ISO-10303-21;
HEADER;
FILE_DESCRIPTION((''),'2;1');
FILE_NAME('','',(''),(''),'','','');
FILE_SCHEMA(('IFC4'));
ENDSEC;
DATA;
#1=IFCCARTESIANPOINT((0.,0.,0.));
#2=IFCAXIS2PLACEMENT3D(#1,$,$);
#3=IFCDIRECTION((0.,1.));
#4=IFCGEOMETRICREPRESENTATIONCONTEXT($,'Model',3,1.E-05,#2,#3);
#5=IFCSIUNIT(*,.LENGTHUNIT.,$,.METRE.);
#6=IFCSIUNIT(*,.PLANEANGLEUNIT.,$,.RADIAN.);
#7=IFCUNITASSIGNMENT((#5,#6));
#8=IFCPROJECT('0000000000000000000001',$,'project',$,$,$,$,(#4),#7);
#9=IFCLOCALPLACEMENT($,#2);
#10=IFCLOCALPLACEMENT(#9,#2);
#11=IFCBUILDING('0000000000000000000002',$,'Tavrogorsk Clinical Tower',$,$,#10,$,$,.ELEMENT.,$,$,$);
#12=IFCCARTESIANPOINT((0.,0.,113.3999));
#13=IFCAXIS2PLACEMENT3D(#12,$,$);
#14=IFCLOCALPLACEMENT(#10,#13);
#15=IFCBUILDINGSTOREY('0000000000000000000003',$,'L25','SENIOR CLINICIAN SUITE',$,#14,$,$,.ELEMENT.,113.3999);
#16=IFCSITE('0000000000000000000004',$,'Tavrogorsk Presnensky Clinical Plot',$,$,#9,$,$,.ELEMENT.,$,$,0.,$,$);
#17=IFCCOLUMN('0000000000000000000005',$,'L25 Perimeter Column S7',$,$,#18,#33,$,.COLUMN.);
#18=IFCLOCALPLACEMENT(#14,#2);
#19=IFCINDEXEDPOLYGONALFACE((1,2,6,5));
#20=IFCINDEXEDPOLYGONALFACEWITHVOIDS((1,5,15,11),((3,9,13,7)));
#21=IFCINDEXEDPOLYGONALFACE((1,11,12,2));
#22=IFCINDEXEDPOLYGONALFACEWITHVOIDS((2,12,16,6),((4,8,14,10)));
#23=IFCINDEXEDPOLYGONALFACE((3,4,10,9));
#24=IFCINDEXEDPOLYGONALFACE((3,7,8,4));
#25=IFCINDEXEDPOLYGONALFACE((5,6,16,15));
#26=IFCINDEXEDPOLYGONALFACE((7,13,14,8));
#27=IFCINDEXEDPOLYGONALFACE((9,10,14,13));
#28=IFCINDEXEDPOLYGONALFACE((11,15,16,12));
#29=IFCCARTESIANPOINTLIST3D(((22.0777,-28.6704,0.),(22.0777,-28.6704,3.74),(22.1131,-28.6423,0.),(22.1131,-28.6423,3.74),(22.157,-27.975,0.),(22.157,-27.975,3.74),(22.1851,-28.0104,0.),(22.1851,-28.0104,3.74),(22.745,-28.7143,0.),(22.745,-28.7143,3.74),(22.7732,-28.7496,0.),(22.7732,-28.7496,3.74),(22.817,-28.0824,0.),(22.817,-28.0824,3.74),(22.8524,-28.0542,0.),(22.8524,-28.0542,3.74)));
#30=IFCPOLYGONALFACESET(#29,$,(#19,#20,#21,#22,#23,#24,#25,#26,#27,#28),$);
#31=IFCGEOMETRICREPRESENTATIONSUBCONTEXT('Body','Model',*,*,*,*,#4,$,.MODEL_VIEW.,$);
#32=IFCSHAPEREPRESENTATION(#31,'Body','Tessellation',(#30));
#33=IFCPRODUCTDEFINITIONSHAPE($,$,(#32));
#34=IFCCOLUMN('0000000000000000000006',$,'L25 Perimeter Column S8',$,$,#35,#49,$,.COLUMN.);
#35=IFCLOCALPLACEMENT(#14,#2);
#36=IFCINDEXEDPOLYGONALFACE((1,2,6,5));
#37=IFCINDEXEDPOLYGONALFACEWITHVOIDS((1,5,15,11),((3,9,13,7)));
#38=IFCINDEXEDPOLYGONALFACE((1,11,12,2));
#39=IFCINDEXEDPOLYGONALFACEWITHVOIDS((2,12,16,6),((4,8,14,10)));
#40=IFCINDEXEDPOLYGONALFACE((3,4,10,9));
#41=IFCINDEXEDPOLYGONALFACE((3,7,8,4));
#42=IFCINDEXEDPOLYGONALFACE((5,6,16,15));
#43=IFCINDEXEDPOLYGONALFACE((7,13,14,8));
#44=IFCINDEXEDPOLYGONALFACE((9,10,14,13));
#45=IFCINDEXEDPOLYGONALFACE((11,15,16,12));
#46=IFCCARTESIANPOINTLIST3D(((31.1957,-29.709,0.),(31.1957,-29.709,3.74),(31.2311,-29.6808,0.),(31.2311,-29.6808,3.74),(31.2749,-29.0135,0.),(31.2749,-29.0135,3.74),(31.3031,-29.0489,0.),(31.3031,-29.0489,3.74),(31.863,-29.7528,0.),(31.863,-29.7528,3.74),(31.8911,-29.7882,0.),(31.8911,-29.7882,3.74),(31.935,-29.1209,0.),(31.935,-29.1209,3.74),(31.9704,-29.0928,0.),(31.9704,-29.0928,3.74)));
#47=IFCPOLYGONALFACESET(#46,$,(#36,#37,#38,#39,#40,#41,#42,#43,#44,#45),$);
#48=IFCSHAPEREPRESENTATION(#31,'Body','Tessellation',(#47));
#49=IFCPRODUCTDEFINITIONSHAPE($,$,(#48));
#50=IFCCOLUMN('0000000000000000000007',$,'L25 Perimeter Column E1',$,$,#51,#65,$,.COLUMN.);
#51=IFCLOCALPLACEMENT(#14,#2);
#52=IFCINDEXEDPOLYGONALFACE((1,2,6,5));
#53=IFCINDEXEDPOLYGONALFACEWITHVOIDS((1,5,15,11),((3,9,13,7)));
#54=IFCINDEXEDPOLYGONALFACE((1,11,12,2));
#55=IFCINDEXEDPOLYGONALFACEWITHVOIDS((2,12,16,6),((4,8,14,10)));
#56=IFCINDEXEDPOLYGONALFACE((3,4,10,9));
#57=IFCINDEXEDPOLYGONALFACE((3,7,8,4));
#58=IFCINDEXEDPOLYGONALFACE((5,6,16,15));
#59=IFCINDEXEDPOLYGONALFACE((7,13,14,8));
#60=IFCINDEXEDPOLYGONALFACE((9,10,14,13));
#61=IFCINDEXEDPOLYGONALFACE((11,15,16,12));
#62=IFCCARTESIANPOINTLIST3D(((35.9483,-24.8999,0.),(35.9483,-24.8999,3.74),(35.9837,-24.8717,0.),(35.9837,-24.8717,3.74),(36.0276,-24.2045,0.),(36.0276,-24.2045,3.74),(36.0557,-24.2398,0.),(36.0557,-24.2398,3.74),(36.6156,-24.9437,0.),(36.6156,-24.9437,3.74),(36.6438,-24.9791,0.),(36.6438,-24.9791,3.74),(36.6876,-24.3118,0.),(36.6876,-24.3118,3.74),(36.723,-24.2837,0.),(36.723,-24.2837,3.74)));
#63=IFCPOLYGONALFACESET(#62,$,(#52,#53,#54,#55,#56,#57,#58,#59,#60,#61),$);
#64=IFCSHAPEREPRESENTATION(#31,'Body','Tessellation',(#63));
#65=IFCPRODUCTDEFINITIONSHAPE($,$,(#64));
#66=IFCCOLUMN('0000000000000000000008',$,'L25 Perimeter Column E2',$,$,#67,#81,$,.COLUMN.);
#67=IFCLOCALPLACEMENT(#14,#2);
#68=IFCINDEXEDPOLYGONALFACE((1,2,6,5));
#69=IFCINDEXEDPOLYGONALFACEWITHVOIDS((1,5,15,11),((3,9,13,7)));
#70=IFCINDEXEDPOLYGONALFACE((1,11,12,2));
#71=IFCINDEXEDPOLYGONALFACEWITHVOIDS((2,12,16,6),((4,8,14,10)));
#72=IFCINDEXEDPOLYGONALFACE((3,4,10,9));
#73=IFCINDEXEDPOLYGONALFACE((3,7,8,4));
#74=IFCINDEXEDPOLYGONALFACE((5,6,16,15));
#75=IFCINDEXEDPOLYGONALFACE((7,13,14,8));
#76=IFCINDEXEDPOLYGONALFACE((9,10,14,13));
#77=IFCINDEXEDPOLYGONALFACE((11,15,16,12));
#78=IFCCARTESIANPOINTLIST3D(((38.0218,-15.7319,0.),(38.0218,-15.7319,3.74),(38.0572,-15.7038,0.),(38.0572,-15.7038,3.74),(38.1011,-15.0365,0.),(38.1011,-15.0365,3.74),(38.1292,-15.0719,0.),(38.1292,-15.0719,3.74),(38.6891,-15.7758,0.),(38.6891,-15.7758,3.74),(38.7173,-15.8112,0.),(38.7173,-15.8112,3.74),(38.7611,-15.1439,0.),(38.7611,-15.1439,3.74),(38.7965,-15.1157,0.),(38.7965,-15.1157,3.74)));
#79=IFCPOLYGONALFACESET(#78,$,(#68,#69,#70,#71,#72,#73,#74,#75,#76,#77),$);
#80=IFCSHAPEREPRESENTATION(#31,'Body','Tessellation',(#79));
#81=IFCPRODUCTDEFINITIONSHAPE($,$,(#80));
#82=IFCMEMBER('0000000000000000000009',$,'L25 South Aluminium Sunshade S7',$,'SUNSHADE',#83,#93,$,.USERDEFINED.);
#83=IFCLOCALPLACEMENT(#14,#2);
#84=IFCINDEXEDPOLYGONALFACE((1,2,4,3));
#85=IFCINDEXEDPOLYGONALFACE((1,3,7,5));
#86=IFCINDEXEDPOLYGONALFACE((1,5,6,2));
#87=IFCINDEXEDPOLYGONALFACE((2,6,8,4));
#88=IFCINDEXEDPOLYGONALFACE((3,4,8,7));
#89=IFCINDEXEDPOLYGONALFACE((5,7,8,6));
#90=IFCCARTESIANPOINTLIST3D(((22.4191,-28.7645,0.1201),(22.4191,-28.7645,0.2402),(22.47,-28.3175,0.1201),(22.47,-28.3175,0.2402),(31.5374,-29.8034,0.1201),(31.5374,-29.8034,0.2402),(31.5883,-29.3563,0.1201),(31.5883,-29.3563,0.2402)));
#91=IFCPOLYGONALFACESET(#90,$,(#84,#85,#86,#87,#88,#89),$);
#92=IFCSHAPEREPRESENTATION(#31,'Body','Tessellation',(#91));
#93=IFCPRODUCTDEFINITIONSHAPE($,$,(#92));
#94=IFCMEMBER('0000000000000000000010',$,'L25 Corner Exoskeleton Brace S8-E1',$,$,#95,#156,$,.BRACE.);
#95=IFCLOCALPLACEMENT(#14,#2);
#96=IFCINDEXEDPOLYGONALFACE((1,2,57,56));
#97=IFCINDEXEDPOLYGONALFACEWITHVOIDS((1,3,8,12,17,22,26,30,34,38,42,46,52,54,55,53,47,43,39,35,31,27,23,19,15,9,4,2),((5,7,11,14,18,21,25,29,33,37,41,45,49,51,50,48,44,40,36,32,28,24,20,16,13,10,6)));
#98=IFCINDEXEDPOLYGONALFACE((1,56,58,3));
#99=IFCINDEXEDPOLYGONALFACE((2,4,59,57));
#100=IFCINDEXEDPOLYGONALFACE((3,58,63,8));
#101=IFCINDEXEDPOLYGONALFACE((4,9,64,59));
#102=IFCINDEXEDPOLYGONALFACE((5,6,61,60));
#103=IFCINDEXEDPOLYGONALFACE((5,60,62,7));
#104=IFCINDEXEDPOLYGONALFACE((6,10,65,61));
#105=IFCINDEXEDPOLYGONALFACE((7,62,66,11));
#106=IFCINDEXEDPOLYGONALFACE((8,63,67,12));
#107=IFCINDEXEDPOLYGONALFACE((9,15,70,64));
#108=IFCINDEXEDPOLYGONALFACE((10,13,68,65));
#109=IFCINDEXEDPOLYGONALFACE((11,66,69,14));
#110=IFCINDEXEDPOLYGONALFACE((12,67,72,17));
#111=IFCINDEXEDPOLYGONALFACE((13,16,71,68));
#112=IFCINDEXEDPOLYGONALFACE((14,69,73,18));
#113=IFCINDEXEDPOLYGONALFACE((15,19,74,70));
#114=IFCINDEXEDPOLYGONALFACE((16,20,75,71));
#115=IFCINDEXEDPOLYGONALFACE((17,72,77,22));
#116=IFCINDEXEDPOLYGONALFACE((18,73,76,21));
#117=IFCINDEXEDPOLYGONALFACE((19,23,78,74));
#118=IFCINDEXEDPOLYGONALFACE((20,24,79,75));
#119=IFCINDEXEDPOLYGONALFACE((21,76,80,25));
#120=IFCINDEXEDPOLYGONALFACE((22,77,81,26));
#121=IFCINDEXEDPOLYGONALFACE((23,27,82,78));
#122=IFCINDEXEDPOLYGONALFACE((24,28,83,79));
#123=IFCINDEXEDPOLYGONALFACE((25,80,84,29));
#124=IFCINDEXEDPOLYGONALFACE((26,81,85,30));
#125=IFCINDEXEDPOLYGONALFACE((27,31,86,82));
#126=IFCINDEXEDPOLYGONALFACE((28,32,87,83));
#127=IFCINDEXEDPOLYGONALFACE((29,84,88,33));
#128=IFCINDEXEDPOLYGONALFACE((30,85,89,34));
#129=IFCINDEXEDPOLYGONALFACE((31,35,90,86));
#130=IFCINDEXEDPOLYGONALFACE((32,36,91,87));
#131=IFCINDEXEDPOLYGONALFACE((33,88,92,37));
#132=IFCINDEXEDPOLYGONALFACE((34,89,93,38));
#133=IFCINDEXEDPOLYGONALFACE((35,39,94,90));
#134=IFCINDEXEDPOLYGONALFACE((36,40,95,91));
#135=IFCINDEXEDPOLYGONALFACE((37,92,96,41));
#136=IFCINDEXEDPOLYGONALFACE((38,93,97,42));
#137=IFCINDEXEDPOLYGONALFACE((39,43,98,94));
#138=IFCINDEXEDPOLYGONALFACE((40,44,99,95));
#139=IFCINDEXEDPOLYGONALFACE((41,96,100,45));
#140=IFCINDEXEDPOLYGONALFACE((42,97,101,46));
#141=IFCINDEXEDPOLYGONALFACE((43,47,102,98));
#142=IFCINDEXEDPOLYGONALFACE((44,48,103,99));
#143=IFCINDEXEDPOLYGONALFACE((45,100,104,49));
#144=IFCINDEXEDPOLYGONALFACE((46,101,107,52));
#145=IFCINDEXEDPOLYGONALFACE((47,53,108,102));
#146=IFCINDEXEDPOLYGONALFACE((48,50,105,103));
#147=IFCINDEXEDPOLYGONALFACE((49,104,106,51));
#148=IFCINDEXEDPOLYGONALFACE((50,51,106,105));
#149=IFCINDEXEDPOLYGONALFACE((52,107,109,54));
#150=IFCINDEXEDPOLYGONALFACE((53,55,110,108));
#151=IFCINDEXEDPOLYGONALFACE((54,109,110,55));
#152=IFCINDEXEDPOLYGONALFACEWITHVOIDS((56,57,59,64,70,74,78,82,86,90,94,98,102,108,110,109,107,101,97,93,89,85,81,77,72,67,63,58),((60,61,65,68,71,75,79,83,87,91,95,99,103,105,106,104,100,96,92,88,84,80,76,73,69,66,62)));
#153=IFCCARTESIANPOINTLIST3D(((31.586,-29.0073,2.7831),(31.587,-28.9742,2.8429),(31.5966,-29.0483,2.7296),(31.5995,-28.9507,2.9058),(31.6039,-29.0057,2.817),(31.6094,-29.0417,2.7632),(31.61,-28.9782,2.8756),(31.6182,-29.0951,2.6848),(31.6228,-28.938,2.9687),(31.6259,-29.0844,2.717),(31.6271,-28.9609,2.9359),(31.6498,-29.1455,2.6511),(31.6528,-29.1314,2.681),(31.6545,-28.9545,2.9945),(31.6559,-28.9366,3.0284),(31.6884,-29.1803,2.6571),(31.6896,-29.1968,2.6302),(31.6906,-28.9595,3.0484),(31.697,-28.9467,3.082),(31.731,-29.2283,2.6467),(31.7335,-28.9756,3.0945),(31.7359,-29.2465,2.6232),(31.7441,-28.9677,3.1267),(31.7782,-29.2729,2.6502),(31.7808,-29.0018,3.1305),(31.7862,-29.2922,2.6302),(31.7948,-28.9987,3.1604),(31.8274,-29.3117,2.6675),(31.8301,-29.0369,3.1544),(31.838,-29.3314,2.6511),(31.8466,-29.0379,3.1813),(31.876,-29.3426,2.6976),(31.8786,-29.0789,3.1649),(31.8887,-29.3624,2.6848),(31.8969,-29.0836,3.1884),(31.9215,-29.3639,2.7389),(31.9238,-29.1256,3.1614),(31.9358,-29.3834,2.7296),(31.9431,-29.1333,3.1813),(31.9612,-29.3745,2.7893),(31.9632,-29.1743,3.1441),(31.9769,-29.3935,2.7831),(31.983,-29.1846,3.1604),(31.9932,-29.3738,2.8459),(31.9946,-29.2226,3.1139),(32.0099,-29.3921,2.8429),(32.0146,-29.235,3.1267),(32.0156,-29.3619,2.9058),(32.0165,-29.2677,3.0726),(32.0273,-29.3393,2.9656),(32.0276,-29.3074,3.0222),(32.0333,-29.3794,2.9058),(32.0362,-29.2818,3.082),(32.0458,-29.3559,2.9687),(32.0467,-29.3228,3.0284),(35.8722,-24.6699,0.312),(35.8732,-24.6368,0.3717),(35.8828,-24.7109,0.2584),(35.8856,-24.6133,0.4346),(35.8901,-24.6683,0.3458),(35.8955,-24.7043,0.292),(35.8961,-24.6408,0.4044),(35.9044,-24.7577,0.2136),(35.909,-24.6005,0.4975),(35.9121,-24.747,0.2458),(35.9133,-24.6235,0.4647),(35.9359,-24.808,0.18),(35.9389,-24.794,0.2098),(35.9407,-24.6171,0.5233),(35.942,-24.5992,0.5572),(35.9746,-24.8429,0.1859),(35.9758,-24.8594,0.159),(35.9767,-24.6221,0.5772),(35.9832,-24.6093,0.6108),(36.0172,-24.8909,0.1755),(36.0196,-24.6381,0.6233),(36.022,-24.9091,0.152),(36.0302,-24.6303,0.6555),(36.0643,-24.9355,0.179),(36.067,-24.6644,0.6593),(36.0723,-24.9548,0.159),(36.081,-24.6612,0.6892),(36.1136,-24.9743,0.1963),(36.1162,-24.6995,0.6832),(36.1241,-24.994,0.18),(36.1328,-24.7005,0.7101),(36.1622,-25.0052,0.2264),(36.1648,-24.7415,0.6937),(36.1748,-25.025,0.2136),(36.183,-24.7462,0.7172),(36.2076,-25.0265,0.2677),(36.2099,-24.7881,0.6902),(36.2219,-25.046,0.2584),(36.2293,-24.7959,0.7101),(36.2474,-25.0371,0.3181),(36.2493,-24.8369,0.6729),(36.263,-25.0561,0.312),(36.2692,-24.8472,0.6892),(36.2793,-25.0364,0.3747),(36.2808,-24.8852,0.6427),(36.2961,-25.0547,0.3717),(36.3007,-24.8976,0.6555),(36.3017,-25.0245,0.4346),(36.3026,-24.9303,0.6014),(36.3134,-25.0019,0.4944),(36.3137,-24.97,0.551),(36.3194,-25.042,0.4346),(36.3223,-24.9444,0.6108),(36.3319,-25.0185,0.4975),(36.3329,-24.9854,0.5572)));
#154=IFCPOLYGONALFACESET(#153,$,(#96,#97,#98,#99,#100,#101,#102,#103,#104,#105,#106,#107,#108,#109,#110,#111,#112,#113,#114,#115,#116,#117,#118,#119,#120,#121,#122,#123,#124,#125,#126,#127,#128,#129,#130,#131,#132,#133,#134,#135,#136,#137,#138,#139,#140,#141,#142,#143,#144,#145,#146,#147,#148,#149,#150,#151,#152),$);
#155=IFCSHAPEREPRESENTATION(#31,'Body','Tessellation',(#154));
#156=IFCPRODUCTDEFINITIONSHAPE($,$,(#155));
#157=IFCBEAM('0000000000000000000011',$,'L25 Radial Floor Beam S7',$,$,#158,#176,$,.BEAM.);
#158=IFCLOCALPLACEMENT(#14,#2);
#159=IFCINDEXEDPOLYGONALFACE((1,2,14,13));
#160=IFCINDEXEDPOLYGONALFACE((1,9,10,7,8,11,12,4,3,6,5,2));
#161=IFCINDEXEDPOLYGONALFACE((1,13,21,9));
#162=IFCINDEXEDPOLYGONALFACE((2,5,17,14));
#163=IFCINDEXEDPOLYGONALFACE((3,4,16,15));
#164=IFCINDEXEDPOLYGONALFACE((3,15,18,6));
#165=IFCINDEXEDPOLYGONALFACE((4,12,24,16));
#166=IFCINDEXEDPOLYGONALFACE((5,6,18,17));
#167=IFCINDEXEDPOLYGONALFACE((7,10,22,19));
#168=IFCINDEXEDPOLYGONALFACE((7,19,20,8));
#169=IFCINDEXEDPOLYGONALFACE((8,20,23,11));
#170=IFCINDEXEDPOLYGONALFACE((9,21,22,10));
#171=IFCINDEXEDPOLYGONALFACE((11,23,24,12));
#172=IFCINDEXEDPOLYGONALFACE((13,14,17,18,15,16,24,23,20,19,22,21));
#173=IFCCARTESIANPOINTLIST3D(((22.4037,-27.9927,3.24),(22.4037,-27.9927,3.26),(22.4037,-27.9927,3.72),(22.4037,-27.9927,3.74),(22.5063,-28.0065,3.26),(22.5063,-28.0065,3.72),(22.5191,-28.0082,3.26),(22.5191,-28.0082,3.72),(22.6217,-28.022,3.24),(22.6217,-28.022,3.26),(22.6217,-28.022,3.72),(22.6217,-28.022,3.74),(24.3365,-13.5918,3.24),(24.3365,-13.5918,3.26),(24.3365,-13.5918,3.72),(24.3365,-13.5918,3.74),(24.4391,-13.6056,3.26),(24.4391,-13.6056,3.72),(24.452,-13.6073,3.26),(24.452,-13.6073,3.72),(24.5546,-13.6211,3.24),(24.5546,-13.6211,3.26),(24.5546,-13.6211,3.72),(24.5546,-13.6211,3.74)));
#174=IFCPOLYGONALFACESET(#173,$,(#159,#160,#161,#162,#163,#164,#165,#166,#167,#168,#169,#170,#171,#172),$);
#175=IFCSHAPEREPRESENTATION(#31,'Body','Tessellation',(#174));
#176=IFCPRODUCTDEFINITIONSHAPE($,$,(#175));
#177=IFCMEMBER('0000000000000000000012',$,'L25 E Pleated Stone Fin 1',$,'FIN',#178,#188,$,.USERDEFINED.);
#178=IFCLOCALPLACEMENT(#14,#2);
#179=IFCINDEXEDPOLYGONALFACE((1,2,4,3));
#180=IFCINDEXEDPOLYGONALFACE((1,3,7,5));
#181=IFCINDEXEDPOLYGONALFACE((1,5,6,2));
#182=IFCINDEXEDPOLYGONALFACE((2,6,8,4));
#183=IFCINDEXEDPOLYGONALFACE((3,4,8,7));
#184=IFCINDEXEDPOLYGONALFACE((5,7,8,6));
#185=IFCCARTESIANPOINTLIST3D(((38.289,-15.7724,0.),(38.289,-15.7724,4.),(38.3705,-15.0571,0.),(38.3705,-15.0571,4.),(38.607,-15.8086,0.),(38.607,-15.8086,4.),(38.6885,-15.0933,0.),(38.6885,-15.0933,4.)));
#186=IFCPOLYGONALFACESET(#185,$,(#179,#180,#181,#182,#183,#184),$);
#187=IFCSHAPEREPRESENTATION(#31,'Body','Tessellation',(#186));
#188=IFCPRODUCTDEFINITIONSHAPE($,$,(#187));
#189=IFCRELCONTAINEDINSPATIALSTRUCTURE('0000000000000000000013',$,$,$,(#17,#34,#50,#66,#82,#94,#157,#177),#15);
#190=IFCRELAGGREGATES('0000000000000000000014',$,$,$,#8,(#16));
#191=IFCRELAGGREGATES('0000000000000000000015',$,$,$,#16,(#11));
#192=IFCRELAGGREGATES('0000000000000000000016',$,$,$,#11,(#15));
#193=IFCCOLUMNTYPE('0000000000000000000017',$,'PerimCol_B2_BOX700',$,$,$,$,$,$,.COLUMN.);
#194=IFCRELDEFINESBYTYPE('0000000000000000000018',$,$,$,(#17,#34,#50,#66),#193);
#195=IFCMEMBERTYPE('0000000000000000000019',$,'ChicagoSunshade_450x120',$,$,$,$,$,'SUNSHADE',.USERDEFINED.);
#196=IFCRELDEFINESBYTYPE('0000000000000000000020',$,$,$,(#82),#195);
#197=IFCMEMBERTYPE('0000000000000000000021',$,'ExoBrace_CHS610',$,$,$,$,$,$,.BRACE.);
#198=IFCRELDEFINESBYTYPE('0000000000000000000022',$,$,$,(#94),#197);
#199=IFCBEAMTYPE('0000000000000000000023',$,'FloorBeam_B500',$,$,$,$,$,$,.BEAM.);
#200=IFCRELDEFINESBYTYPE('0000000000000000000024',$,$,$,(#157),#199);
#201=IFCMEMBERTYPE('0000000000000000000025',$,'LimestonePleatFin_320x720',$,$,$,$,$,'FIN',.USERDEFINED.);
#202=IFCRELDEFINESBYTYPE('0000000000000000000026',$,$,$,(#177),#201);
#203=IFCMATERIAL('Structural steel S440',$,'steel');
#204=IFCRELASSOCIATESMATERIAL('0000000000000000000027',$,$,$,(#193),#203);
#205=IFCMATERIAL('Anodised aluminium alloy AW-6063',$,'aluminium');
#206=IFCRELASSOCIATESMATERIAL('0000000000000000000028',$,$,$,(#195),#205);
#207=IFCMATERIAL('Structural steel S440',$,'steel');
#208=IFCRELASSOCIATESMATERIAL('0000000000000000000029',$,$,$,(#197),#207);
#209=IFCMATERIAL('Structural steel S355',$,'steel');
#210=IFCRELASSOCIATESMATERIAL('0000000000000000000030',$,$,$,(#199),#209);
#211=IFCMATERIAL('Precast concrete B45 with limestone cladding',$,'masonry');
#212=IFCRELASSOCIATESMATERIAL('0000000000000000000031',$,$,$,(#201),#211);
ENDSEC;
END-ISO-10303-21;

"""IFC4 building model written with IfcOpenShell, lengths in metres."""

from ifc_helpers import new_model, si_unit, direction, frame, origin, origin_2d, place, context, subcontext, project, spatial, rectangle, hollow_rectangle, hollow_circle, i_section, extrude, material, material_profile, profile_set, type_object, element, save


model = new_model("IFC4")

# Units and contexts
model_context = context("Model", 3, precision=1e-05, world=origin(), true_north=direction((0.0, 1.0)))
body_context = subcontext(model_context, "Body", "Model", "MODEL_VIEW")
ifc_project = project(units=[si_unit("LENGTHUNIT", "METRE"), si_unit("PLANEANGLEUNIT", "RADIAN")], contexts=[model_context])

# Site, building, storey
site_placement = place(None, origin())
site = spatial("IfcSite", under=ifc_project, at=site_placement, Name="Tavrogorsk Presnensky Clinical Plot", CompositionType="ELEMENT", RefElevation=0.0)
building_placement = place(site_placement, origin())
building = spatial("IfcBuilding", under=site, at=building_placement, Name="Tavrogorsk Clinical Tower", CompositionType="ELEMENT")
storey_placement = place(building_placement, frame((0.0, 0.0, 113.3999)))
storey = spatial("IfcBuildingStorey", under=building, at=storey_placement, Name="L25", Description="SENIOR CLINICIAN SUITE", CompositionType="ELEMENT", Elevation=113.3999)

# Columns
ifc_material_1 = material(Name="Structural steel S440", Category="steel")
ifc_material_profile_1 = material_profile(ifc_material_1, hollow_rectangle(XDim=0.7, YDim=0.7, WallThickness=0.032, at=origin_2d()), Name="BOX-700x700x32")
ifc_profile_set_1 = profile_set([ifc_material_profile_1], Name="Structural steel S440")
column_type = type_object("IfcColumnType", Name="PerimCol_B2_BOX700", PredefinedType="COLUMN", material=ifc_profile_set_1)
for number, where, z_axis, x_axis, name in (
    (1, (22.4651, -28.3623, 0.0), (0.0, 0.0, 1.0), (0.993572, -0.113203, 0.0), "L25 Perimeter Column S7"),
    (2, (31.583, -29.4009, 0.0), (0.0, 0.0, 1.0), (0.993572, -0.113203, 0.0), "L25 Perimeter Column S8"),
    (3, (36.3357, -24.5918, 0.0), (0.0, 0.0, 1.0), (0.993572, -0.113203, 0.0), "L25 Perimeter Column E1"),
    (4, (38.4092, -15.4238, 0.0), (0.0, 0.0, 1.0), (0.993572, -0.113203, 0.0), "L25 Perimeter Column E2"),
):
    element("IfcColumn", number, at=place(storey_placement, frame(where, z_axis=z_axis, x_axis=x_axis)), inside=storey, type_object=column_type, Name=name, PredefinedType="COLUMN", context=body_context, shape_type="SweptSolid", body=[
        extrude(hollow_rectangle(XDim=0.7, YDim=0.7, WallThickness=0.032, at=origin_2d()), origin(), (0.0, 0.0, 1.0), 3.74),
    ])

# Members
ifc_material_2 = material(Name="Anodised aluminium alloy AW-6063", Category="aluminium")
ifc_material_profile_2 = material_profile(ifc_material_2, rectangle(XDim=0.45, YDim=0.1201, at=origin_2d()), Name="ALU-SUNSHADE-450x120")
ifc_profile_set_2 = profile_set([ifc_material_profile_2], Name="Anodised aluminium alloy AW-6063")
member_type_1 = type_object("IfcMemberType", Name="ChicagoSunshade_450x120", ElementType="SUNSHADE", PredefinedType="USERDEFINED", material=ifc_profile_set_2)
member_1_placement = place(storey_placement, frame((22.4446, -28.541, 0.1802), z_axis=(0.993573, -0.113196, 0.0), x_axis=(0.113196, 0.993573, 0.0)))
element("IfcMember", 5, at=member_1_placement, inside=storey, type_object=member_type_1, Name="L25 South Aluminium Sunshade S7", ObjectType="SUNSHADE", PredefinedType="USERDEFINED", context=body_context, shape_type="SweptSolid", body=[
    extrude(rectangle(XDim=0.45, YDim=0.1201, at=origin_2d()), origin(), (0.0, 0.0, 1.0), 9.1772),
])
ifc_material_3 = material(Name="Structural steel S440", Category="steel")
ifc_material_profile_3 = material_profile(ifc_material_3, hollow_circle(Radius=0.3049, WallThickness=0.0249, at=origin_2d()), Name="CHS-610x25")
ifc_profile_set_3 = profile_set([ifc_material_profile_3], Name="Structural steel S440")
member_type_2 = type_object("IfcMemberType", Name="ExoBrace_CHS610", PredefinedType="BRACE", material=ifc_profile_set_3)
member_2_placement = place(storey_placement, frame((36.1025, -24.8276, 0.4346), z_axis=(-0.65143, -0.659222, 0.375585), x_axis=(0.711298, -0.70289, 0.0)))
element("IfcMember", 6, at=member_2_placement, inside=storey, type_object=member_type_2, Name="L25 Corner Exoskeleton Brace S8-E1", PredefinedType="BRACE", context=body_context, shape_type="SweptSolid", body=[
    extrude(hollow_circle(Radius=0.3049, WallThickness=0.0249, at=origin_2d()), origin(), (0.0, 0.0, 1.0), 6.5796),
])

# Beam
ifc_material_4 = material(Name="Structural steel S355", Category="steel")
ifc_material_profile_4 = material_profile(ifc_material_4, i_section(OverallWidth=0.22, OverallDepth=0.5, WebThickness=0.0129, FlangeThickness=0.02, at=origin_2d()), Name="B-500x220x13x20")
ifc_profile_set_4 = profile_set([ifc_material_profile_4], Name="Structural steel S355")
beam_type_1 = type_object("IfcBeamType", Name="FloorBeam_B500", PredefinedType="BEAM", material=ifc_profile_set_4)
beam_1_placement = place(storey_placement, frame((24.4456, -13.6064, 3.49), z_axis=(-0.133025, -0.991113, 0.0), x_axis=(0.991113, -0.133025, 0.0)))
element("IfcBeam", 7, at=beam_1_placement, inside=storey, type_object=beam_type_1, Name="L25 Radial Floor Beam S7", PredefinedType="BEAM", context=body_context, shape_type="SweptSolid", body=[
    extrude(i_section(OverallWidth=0.22, OverallDepth=0.5, WebThickness=0.0129, FlangeThickness=0.02, at=origin_2d()), origin(), (0.0, 0.0, 1.0), 14.53),
])

# Member
ifc_material_5 = material(Name="Precast concrete B45 with limestone cladding", Category="masonry")
ifc_material_profile_5 = material_profile(ifc_material_5, rectangle(XDim=0.3201, YDim=0.72, at=origin_2d()), Name="LIMESTONE-FIN-320x720")
ifc_profile_set_5 = profile_set([ifc_material_profile_5], Name="Precast concrete B45 with limestone cladding")
member_type_3 = type_object("IfcMemberType", Name="LimestonePleatFin_320x720", ElementType="FIN", PredefinedType="USERDEFINED", material=ifc_profile_set_5)
member_3_placement = place(storey_placement, frame((38.4888, -15.4329, 0.0), z_axis=(0.0, 0.0, 1.0), x_axis=(0.993572, -0.113203, 0.0)))
element("IfcMember", 8, at=member_3_placement, inside=storey, type_object=member_type_3, Name="L25 E Pleated Stone Fin 1", ObjectType="FIN", PredefinedType="USERDEFINED", context=body_context, shape_type="SweptSolid", body=[
    extrude(rectangle(XDim=0.3201, YDim=0.72, at=origin_2d()), origin(), (0.0, 0.0, 1.0), 4.0),
])

save(model, "model.ifc")
